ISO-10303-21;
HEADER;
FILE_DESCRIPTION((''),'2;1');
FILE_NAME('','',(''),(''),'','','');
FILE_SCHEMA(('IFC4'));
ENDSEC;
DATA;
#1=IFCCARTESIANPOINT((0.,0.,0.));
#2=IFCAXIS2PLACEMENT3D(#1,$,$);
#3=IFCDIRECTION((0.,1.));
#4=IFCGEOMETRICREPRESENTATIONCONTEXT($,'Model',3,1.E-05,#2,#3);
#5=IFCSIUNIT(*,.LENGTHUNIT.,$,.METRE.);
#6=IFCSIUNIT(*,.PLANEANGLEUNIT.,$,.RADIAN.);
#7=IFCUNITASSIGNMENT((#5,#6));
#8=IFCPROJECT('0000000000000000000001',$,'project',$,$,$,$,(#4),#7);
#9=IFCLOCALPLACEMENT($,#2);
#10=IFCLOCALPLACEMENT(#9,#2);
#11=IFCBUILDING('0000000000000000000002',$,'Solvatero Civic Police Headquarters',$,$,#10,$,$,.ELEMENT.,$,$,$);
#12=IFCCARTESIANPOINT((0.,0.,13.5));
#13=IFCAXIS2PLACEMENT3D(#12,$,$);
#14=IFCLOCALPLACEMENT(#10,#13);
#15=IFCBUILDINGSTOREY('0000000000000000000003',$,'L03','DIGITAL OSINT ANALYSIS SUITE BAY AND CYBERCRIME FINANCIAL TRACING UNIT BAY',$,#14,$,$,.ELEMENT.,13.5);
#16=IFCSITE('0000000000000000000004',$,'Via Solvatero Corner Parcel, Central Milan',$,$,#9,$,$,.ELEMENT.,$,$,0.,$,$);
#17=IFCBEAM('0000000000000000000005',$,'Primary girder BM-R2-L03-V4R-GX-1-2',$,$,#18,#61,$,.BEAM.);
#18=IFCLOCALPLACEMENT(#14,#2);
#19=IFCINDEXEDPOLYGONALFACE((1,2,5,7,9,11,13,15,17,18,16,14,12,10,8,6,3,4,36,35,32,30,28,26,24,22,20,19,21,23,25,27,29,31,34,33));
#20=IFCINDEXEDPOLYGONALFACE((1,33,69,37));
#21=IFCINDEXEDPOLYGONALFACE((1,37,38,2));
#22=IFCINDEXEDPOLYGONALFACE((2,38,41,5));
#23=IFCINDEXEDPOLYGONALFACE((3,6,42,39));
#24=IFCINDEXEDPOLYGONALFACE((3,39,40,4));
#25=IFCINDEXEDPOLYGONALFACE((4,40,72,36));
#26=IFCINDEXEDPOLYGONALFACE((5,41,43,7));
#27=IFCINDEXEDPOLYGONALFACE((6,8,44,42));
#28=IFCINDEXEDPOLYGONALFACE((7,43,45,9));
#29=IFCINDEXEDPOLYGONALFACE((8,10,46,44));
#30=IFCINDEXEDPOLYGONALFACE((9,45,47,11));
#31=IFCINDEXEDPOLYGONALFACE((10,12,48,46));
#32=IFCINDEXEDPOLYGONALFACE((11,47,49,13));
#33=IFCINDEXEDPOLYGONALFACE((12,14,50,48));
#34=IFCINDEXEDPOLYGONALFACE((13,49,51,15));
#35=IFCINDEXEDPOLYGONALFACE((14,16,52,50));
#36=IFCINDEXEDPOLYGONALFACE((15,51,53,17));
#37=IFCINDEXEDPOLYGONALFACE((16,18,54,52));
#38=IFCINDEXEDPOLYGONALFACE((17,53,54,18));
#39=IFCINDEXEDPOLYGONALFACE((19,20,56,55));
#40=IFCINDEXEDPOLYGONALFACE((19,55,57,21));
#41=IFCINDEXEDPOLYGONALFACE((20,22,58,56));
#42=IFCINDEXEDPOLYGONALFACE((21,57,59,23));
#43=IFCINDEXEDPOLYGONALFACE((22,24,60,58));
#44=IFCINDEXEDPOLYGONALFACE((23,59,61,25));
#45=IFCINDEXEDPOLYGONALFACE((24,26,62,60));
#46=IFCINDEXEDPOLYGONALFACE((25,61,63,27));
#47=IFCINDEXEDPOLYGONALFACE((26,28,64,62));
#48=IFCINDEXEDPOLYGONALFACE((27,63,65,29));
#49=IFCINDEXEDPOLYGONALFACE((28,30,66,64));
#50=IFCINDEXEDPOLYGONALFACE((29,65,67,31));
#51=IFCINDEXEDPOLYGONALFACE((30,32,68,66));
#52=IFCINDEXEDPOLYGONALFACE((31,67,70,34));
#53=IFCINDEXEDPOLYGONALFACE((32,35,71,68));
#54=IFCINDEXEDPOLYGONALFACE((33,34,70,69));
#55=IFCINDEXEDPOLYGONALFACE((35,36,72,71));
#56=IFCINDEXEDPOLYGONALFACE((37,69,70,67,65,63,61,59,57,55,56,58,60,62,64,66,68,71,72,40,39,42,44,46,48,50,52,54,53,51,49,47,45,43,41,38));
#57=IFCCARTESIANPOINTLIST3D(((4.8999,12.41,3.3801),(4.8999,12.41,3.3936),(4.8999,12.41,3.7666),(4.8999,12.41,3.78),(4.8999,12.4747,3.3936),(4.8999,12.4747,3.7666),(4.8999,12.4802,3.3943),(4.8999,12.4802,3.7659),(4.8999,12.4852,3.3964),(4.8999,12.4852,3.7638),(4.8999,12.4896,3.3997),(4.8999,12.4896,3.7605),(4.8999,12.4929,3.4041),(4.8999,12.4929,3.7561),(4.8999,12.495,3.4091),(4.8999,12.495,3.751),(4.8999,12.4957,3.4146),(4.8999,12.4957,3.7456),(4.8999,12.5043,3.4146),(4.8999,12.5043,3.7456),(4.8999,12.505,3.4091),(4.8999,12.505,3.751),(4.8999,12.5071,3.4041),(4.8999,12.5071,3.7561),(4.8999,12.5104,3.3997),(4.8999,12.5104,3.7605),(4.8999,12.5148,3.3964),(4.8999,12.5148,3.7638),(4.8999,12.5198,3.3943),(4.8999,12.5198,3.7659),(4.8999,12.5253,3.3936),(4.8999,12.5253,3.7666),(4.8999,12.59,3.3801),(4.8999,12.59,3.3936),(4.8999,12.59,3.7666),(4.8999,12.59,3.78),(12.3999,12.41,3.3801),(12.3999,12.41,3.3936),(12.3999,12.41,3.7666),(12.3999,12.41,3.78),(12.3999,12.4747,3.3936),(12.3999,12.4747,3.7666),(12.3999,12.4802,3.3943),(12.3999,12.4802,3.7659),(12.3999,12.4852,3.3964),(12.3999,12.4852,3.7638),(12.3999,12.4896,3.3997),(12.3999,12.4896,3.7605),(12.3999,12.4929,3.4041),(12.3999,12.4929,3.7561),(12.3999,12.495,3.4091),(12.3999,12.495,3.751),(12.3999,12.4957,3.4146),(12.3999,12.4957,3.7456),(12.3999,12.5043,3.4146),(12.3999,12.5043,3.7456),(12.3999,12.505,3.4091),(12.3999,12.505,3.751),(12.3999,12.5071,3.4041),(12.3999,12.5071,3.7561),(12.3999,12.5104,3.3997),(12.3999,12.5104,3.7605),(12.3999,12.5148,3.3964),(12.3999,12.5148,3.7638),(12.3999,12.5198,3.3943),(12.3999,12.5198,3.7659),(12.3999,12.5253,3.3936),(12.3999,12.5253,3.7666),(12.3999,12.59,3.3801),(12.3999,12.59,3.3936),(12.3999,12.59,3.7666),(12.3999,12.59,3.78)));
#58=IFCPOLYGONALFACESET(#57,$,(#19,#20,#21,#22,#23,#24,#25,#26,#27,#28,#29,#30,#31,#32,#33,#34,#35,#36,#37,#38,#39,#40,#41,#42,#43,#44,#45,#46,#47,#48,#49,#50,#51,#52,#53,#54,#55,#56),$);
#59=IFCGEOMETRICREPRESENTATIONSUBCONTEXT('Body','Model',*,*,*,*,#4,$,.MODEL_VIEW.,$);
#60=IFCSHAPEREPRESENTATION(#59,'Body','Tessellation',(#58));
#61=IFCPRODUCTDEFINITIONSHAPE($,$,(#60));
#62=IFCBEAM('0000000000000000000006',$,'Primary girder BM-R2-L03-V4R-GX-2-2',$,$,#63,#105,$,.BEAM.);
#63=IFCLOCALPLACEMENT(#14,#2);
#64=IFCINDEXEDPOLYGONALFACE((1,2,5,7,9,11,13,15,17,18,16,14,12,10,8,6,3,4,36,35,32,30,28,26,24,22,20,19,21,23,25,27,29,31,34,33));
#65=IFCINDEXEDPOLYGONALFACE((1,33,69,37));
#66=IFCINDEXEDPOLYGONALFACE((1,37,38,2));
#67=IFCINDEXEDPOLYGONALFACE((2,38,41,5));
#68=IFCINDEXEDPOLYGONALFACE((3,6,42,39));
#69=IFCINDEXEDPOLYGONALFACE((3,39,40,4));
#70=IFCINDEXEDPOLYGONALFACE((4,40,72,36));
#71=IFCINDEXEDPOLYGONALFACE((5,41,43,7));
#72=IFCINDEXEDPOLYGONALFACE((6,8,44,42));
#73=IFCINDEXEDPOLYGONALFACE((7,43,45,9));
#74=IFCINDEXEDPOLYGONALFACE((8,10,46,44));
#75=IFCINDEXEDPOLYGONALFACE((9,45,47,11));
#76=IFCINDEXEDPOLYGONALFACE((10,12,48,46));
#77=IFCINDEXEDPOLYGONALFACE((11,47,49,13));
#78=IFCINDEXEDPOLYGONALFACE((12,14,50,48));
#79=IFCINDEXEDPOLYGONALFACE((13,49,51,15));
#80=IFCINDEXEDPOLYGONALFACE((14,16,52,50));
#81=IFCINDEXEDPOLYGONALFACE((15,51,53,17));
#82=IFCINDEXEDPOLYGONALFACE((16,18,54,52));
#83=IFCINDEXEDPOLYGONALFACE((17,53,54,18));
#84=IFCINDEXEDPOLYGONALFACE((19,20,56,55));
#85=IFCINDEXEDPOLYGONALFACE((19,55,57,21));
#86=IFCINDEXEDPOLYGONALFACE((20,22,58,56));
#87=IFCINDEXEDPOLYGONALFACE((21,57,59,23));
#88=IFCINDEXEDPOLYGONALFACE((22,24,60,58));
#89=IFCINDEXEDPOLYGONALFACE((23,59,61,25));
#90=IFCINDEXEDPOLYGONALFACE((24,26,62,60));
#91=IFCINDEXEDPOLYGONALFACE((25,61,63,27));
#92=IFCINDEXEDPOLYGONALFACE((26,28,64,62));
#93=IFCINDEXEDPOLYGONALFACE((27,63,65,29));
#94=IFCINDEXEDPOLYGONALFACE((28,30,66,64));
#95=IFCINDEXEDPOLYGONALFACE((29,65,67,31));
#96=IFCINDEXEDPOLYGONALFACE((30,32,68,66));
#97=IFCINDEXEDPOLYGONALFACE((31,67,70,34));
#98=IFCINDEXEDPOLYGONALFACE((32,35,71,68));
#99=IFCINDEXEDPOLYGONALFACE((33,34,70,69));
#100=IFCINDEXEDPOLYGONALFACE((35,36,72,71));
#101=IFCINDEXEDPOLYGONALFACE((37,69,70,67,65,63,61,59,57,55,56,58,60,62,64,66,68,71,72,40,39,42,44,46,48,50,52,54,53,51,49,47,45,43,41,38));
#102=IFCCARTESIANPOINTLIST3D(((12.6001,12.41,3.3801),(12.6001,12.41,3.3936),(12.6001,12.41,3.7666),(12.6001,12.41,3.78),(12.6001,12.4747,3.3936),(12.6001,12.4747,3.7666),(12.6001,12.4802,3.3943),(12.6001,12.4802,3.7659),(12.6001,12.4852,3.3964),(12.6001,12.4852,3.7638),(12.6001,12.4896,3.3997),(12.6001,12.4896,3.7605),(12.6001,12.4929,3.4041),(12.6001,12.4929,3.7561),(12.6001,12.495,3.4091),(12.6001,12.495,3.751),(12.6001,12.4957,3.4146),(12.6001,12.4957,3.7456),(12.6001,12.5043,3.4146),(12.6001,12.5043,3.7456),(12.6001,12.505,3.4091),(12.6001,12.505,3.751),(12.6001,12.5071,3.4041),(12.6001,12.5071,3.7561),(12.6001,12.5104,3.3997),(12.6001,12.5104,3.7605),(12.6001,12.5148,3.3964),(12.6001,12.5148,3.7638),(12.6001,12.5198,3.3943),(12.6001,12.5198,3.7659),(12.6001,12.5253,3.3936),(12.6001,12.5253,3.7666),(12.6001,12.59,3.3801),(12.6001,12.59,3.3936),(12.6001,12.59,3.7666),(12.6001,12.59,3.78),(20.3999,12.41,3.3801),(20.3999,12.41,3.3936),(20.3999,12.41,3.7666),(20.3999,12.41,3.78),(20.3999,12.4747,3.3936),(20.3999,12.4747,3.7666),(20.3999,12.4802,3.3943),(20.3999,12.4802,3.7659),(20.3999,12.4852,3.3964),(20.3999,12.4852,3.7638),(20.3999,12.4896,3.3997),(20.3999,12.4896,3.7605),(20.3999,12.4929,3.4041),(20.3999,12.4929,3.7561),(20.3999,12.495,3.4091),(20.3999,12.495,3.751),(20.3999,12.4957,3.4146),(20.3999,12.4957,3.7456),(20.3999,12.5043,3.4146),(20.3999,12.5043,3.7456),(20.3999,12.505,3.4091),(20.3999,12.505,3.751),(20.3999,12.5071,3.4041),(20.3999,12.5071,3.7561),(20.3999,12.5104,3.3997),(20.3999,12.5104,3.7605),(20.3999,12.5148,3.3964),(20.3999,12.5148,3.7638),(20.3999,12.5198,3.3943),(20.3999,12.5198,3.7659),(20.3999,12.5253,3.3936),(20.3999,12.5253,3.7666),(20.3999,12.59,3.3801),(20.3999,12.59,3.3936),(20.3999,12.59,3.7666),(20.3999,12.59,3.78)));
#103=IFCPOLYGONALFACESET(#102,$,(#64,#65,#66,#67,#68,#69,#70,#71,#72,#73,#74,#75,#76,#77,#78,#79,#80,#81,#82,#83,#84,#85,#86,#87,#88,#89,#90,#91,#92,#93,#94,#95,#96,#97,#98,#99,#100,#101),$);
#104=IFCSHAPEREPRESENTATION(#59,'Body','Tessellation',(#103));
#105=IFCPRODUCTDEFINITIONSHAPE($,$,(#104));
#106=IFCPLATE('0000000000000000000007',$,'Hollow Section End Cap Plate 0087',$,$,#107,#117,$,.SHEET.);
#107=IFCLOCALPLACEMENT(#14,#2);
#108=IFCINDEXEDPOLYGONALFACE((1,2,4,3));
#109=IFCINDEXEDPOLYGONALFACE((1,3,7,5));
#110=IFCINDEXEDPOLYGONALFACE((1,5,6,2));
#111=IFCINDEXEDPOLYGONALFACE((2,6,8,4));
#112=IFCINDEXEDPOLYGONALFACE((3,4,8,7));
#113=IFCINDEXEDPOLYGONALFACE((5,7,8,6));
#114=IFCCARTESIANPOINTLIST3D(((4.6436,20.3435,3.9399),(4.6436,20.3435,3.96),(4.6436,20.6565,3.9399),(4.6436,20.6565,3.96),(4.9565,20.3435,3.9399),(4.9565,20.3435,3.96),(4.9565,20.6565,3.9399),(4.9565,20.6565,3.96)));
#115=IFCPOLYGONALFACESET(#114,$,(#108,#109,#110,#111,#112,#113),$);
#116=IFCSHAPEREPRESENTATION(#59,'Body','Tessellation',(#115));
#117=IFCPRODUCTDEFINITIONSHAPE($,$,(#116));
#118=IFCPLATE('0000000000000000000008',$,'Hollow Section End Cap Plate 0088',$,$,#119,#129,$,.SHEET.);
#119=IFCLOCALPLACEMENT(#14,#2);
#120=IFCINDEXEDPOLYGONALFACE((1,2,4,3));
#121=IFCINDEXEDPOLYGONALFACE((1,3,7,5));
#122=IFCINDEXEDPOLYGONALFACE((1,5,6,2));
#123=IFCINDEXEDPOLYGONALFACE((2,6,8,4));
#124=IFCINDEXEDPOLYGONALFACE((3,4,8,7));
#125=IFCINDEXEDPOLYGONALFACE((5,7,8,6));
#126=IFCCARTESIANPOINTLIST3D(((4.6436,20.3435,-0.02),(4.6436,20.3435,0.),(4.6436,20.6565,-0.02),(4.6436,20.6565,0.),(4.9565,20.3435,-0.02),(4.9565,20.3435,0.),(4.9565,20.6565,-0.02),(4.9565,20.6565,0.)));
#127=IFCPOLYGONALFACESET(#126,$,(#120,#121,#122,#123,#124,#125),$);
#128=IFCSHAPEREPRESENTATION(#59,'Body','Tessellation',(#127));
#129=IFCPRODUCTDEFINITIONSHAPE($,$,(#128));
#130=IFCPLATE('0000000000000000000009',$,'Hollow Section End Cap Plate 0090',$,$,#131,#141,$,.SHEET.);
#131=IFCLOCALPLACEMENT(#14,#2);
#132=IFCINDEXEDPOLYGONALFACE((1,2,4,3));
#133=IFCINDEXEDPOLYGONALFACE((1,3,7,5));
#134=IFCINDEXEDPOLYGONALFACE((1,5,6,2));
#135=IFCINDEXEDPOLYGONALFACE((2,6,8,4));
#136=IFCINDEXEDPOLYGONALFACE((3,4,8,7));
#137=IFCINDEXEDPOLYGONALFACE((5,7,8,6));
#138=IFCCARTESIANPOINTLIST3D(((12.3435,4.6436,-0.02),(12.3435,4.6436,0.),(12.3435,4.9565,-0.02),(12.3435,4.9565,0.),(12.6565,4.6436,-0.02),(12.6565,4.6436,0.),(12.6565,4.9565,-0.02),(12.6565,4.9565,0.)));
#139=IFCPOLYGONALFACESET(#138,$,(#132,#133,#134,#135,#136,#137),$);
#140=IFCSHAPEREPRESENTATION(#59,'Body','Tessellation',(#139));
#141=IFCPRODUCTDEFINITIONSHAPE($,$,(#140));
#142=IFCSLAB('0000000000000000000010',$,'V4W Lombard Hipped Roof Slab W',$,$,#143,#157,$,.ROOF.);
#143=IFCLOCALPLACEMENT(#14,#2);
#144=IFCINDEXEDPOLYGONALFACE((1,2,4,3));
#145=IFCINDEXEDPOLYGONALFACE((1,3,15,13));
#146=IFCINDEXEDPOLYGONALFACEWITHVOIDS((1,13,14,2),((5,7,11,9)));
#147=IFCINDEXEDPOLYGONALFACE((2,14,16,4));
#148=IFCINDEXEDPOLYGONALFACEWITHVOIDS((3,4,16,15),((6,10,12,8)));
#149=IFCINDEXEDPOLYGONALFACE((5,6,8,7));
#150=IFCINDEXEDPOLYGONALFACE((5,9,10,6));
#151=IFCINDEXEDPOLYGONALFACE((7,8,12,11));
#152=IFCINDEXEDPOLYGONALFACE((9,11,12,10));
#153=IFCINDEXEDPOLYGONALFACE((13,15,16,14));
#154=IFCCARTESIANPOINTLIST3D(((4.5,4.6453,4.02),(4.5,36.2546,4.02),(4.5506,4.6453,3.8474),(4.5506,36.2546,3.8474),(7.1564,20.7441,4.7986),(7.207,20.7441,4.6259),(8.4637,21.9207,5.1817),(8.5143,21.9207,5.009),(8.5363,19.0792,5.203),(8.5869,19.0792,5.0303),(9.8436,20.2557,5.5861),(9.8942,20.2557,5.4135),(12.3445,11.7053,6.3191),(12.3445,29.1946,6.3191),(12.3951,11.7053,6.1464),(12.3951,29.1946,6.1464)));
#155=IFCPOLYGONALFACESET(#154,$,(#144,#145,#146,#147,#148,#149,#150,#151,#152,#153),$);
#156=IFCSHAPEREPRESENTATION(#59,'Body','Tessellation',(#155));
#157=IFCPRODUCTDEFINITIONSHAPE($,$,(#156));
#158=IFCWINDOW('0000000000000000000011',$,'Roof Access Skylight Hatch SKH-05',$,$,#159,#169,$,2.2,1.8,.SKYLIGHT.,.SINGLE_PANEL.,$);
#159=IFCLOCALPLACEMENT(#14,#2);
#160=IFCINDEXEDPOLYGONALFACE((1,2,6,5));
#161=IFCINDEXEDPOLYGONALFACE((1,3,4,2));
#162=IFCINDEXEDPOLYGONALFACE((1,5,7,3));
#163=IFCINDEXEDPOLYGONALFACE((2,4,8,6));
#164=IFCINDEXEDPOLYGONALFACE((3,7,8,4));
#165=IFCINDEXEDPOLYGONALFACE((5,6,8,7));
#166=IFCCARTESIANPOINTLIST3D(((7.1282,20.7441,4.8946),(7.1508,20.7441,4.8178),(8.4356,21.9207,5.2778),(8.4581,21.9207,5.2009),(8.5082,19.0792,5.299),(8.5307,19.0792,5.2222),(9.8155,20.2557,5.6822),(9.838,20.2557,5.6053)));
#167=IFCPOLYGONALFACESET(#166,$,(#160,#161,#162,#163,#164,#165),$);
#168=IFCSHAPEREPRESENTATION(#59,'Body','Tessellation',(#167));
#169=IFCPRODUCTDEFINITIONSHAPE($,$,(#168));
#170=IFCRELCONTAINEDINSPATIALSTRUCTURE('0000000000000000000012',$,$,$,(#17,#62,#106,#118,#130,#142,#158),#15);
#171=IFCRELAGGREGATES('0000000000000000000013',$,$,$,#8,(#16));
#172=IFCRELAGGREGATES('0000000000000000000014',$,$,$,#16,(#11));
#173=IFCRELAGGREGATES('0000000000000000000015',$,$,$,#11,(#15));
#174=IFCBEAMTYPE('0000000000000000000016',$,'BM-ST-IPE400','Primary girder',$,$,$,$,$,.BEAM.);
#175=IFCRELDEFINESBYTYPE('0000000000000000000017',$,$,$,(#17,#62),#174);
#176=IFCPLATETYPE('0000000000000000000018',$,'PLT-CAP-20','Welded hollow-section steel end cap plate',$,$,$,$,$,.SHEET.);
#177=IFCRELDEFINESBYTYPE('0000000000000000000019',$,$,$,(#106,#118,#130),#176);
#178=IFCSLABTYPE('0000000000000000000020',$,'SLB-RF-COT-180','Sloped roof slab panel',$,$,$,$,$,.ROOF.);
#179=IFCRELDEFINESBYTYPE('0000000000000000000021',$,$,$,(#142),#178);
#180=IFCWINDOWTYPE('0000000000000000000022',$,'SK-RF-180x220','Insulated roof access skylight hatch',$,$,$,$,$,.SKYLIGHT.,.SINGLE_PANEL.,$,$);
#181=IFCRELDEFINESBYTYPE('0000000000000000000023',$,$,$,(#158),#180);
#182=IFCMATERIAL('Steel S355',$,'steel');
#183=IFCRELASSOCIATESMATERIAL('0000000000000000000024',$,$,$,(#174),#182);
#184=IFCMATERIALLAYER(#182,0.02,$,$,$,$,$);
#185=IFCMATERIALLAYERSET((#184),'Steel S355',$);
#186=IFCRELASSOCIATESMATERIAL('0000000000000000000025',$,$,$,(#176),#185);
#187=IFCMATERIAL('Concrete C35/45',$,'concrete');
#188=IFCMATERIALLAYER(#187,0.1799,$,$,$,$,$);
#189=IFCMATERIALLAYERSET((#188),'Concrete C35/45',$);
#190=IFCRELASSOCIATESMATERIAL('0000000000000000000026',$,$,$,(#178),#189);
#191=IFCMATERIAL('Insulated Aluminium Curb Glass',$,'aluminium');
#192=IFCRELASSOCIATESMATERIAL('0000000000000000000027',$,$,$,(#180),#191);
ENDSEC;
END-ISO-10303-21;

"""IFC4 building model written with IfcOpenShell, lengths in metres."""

from ifc_helpers import new_model, si_unit, direction, frame, origin, origin_2d, place, context, subcontext, project, spatial, polyline, rectangle, i_section, outline, extrude, material, layer, layer_set, material_profile, profile_set, type_object, element, fill, save


model = new_model("IFC4")

# Units and contexts
model_context = context("Model", 3, precision=1e-05, world=origin(), true_north=direction((0.0, 1.0)))
body_context = subcontext(model_context, "Body", "Model", "MODEL_VIEW")
ifc_project = project(units=[si_unit("LENGTHUNIT", "METRE"), si_unit("PLANEANGLEUNIT", "RADIAN")], contexts=[model_context])

# Site, building, storey
site_placement = place(None, origin())
site = spatial("IfcSite", under=ifc_project, at=site_placement, Name="Via Solvatero Corner Parcel, Central Milan", CompositionType="ELEMENT", RefElevation=0.0)
building_placement = place(site_placement, origin())
building = spatial("IfcBuilding", under=site, at=building_placement, Name="Solvatero Civic Police Headquarters", CompositionType="ELEMENT")
storey_placement = place(building_placement, frame((0.0, 0.0, 13.5)))
storey = spatial("IfcBuildingStorey", under=building, at=storey_placement, Name="L03", Description="DIGITAL OSINT ANALYSIS SUITE BAY AND CYBERCRIME FINANCIAL TRACING UNIT BAY", CompositionType="ELEMENT", Elevation=13.5)

# Shared definitions
ifc_material_1 = material(Name="Steel S355", Category="steel")

# Beams
ifc_material_profile_1 = material_profile(ifc_material_1, i_section(OverallWidth=0.1799, OverallDepth=0.3999, WebThickness=0.0085, FlangeThickness=0.0134, FilletRadius=0.021, at=origin_2d()), Name="IPE 400")
ifc_profile_set_1 = profile_set([ifc_material_profile_1], Name="Steel S355")
beam_type_1 = type_object("IfcBeamType", Name="BM-ST-IPE400", Description="Primary girder", PredefinedType="BEAM", material=ifc_profile_set_1)
beam_1_placement = place(storey_placement, frame((4.8999, 12.5, 3.5801), z_axis=(1.0, 0.0, 0.0), x_axis=(0.0, 1.0, 0.0)))
element("IfcBeam", 1, at=beam_1_placement, inside=storey, type_object=beam_type_1, Name="Primary girder BM-R2-L03-V4R-GX-1-2", PredefinedType="BEAM", context=body_context, shape_type="SweptSolid", body=[
    extrude(i_section(OverallWidth=0.1799, OverallDepth=0.3999, WebThickness=0.0085, FlangeThickness=0.0134, FilletRadius=0.021, at=origin_2d()), origin(), (0.0, 0.0, 1.0), 7.5),
])
beam_2_placement = place(storey_placement, frame((12.6001, 12.5, 3.5801), z_axis=(1.0, 0.0, 0.0), x_axis=(0.0, 1.0, 0.0)))
element("IfcBeam", 2, at=beam_2_placement, inside=storey, type_object=beam_type_1, Name="Primary girder BM-R2-L03-V4R-GX-2-2", PredefinedType="BEAM", context=body_context, shape_type="SweptSolid", body=[
    extrude(i_section(OverallWidth=0.1799, OverallDepth=0.3999, WebThickness=0.0085, FlangeThickness=0.0134, FilletRadius=0.021, at=origin_2d()), origin(), (0.0, 0.0, 1.0), 7.7998),
])

# Plates
ifc_layer_1 = layer(ifc_material_1, 0.02)
ifc_layer_set_1 = layer_set([ifc_layer_1], Name="Steel S355")
plate_type = type_object("IfcPlateType", Name="PLT-CAP-20", Description="Welded hollow-section steel end cap plate", PredefinedType="SHEET", material=ifc_layer_set_1)
for number, where, z_axis, x_axis, name in (
    (3, (4.8, 20.5, 3.9399), (0.0, 0.0, 1.0), (1.0, 0.0, 0.0), "Hollow Section End Cap Plate 0087"),
    (4, (4.8, 20.5, -0.02), (0.0, 0.0, 1.0), (1.0, 0.0, 0.0), "Hollow Section End Cap Plate 0088"),
    (5, (12.5, 4.8, -0.02), (0.0, 0.0, 1.0), (1.0, 0.0, 0.0), "Hollow Section End Cap Plate 0090"),
):
    element("IfcPlate", number, at=place(storey_placement, frame(where, z_axis=z_axis, x_axis=x_axis)), inside=storey, type_object=plate_type, Name=name, PredefinedType="SHEET", context=body_context, shape_type="SweptSolid", body=[
        extrude(rectangle(XDim=0.313, YDim=0.313, at=origin_2d()), origin(), (0.0, 0.0, 1.0), 0.02),
    ])

# Slab, opening, window
ifc_material_2 = material(Name="Concrete C35/45", Category="concrete")
ifc_layer_2 = layer(ifc_material_2, 0.1799)
ifc_layer_set_2 = layer_set([ifc_layer_2], Name="Concrete C35/45")
slab_type = type_object("IfcSlabType", Name="SLB-RF-COT-180", Description="Sloped roof slab panel", PredefinedType="ROOF", material=ifc_layer_set_2)
slab_placement = place(storey_placement, frame((12.3445, 11.7053, 6.3191), z_axis=(-0.281251, 0.0, 0.959634), x_axis=(-0.72626, -0.653636, -0.212853)))
slab = element("IfcSlab", 6, at=slab_placement, inside=storey, type_object=slab_type, Name="V4W Lombard Hipped Roof Slab W", PredefinedType="ROOF", context=body_context, shape_type="SweptSolid", body=[
    extrude(outline(polyline([(0.0, 0.0), (10.8012, 0.0), (-9.8598, -23.9223), (-11.4316, -13.236), (0.0, 0.0)])), origin(), (0.0, 0.0, -1.0), 0.1799),
])
opening_1_placement = place(slab_placement, frame((-2.7166, -9.2744, 0.0)))
opening_1 = element("IfcOpeningElement", 7, at=opening_1_placement, cuts=slab, PredefinedType="OPENING", context=body_context, shape_type="SweptSolid", body=[
    extrude(rectangle(XDim=1.8, YDim=2.2, at=origin_2d()), frame((0.0, 0.0, -0.3)), (0.0, 0.0, 1.0), 0.5),
])
ifc_material_3 = material(Name="Insulated Aluminium Curb Glass", Category="aluminium")
window_type_1 = type_object("IfcWindowType", Name="SK-RF-180x220", Description="Insulated roof access skylight hatch", PartitioningType="SINGLE_PANEL", PredefinedType="SKYLIGHT", material=ifc_material_3)
window_1_placement = place(opening_1_placement, frame((0.0, 0.0, 0.02)))
window_1 = element("IfcWindow", 8, at=window_1_placement, inside=storey, type_object=window_type_1, Name="Roof Access Skylight Hatch SKH-05", OverallHeight=2.2, OverallWidth=1.8, PartitioningType="SINGLE_PANEL", PredefinedType="SKYLIGHT", context=body_context, shape_type="SweptSolid", body=[
    extrude(rectangle(XDim=1.8, YDim=2.2, at=origin_2d()), origin(), (0.0, 0.0, 1.0), 0.0801),
])
fill(opening_1, window_1)

save(model, "model.ifc")
